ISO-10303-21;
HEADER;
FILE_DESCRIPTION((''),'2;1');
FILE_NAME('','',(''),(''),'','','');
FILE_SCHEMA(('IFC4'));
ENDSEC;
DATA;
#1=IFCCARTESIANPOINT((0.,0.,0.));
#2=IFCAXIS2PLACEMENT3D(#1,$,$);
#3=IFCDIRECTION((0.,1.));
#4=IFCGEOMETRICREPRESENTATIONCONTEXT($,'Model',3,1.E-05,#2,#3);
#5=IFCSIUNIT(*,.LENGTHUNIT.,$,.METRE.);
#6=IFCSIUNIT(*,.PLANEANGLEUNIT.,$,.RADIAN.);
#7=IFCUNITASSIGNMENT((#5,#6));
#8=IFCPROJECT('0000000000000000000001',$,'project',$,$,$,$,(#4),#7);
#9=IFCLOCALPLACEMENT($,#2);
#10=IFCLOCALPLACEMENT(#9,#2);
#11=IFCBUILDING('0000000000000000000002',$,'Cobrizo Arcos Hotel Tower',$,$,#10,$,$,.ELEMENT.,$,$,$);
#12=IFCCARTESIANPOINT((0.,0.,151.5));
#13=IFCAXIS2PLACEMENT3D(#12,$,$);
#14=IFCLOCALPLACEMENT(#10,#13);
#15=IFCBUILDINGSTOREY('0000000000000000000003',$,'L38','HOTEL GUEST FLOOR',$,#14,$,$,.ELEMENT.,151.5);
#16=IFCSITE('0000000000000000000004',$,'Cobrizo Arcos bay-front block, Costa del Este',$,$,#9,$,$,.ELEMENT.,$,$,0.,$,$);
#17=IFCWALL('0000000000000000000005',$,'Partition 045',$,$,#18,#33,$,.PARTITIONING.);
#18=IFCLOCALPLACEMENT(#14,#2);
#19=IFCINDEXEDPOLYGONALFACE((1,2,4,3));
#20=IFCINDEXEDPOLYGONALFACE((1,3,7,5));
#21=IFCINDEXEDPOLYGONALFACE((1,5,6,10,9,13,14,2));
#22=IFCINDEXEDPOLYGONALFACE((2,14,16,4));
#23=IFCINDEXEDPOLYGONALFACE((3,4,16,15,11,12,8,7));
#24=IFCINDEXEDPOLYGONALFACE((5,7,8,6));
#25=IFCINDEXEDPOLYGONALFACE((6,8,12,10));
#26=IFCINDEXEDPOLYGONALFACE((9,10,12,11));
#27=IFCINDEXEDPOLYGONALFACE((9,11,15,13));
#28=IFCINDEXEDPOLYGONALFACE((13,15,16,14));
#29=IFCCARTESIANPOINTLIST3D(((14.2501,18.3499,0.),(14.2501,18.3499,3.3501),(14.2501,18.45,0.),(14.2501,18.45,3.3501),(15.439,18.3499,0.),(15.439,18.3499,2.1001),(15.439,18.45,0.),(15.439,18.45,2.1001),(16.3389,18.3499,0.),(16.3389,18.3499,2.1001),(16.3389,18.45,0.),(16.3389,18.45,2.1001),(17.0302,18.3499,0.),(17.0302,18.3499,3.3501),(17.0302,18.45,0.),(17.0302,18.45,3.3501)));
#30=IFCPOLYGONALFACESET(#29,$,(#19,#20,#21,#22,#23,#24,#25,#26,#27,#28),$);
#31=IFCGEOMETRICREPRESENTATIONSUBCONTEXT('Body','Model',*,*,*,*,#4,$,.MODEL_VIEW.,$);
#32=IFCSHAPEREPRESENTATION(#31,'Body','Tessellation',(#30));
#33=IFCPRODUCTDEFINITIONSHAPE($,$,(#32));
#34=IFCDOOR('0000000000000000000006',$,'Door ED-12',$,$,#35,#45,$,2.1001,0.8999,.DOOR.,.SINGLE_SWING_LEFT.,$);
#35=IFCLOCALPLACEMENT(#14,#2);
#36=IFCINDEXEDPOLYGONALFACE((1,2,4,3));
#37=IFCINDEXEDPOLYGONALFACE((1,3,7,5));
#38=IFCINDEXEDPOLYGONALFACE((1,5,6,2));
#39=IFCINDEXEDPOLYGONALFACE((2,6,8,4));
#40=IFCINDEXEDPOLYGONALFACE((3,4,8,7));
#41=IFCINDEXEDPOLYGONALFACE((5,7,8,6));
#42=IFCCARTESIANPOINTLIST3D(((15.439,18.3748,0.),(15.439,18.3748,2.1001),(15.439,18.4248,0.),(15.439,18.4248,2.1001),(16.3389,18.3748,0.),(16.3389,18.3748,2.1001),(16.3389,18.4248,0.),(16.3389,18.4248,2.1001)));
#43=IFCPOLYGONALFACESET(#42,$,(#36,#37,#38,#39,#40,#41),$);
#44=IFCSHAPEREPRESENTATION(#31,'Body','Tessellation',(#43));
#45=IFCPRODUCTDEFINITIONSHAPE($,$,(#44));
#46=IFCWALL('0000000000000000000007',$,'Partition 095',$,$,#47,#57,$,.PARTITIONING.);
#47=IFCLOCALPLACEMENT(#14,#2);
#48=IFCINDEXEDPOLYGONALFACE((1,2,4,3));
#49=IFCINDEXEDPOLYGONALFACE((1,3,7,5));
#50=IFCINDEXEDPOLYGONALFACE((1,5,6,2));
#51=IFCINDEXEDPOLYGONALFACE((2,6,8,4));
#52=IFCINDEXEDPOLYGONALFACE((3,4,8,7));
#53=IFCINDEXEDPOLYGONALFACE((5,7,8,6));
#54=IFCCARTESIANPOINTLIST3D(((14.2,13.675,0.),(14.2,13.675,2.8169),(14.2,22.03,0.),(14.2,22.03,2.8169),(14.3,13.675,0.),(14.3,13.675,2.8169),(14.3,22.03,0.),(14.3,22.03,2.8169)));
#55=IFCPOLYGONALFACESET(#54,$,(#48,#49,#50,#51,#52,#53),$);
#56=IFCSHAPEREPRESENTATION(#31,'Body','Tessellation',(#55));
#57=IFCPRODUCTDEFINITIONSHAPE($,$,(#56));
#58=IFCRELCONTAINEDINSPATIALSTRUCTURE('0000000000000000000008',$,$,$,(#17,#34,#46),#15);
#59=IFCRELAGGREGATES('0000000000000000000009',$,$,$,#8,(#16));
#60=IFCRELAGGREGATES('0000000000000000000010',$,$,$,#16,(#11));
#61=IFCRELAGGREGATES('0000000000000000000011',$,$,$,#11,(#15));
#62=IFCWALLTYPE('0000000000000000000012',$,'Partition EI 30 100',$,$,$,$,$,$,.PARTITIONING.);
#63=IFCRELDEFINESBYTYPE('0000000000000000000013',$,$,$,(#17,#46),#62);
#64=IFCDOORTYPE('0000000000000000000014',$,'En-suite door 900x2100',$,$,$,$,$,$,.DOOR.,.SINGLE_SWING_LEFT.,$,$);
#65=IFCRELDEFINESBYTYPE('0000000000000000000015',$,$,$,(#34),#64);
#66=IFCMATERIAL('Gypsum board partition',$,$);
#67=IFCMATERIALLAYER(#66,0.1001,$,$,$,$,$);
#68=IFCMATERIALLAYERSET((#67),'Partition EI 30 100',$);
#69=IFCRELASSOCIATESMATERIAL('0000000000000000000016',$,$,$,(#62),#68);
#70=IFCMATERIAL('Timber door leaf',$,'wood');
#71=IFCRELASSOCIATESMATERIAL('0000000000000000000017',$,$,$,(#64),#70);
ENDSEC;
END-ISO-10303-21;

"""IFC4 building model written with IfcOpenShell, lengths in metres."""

from ifc_helpers import new_model, si_unit, direction, frame, frame_2d, origin, place, context, subcontext, project, spatial, rectangle, extrude, material, layer, layer_set, type_object, element, fill, save


model = new_model("IFC4")

# Units and contexts
model_context = context("Model", 3, precision=1e-05, world=origin(), true_north=direction((0.0, 1.0)))
body_context = subcontext(model_context, "Body", "Model", "MODEL_VIEW")
ifc_project = project(units=[si_unit("LENGTHUNIT", "METRE"), si_unit("PLANEANGLEUNIT", "RADIAN")], contexts=[model_context])

# Site, building, storey
site_placement = place(None, origin())
site = spatial("IfcSite", under=ifc_project, at=site_placement, Name="Cobrizo Arcos bay-front block, Costa del Este", CompositionType="ELEMENT", RefElevation=0.0)
building_placement = place(site_placement, origin())
building = spatial("IfcBuilding", under=site, at=building_placement, Name="Cobrizo Arcos Hotel Tower", CompositionType="ELEMENT")
storey_placement = place(building_placement, frame((0.0, 0.0, 151.5)))
storey = spatial("IfcBuildingStorey", under=building, at=storey_placement, Name="L38", Description="HOTEL GUEST FLOOR", CompositionType="ELEMENT", Elevation=151.5)

# Wall, opening, door
ifc_material_1 = material(Name="Gypsum board partition")
ifc_layer_1 = layer(ifc_material_1, 0.1001)
ifc_layer_set_1 = layer_set([ifc_layer_1], Name="Partition EI 30 100")
wall_type = type_object("IfcWallType", Name="Partition EI 30 100", PredefinedType="PARTITIONING", material=ifc_layer_set_1)
wall_1_placement = place(storey_placement, frame((14.25, 18.3999, 0.0), z_axis=(0.0, 0.0, 1.0), x_axis=(1.0, 0.0, 0.0)))
wall_1 = element("IfcWall", 1, at=wall_1_placement, inside=storey, type_object=wall_type, Name="Partition 045", PredefinedType="PARTITIONING", context=body_context, shape_type="SweptSolid", body=[
    extrude(rectangle(XDim=2.78, YDim=0.1001, at=frame_2d((1.3901, 0.0))), origin(), (0.0, 0.0, 1.0), 3.3501),
])
opening_placement = place(wall_1_placement, frame((1.189, 0.0, 0.0)))
opening = element("IfcOpeningElement", 2, at=opening_placement, cuts=wall_1, PredefinedType="OPENING", context=body_context, shape_type="SweptSolid", body=[
    extrude(rectangle(XDim=0.8999, YDim=2.1001, at=frame_2d((0.45, 1.05))), frame((0.0, 0.062, 0.0), z_axis=(0.0, -1.0, 0.0), x_axis=(1.0, 0.0, 0.0)), (0.0, 0.0, 1.0), 0.124),
])
ifc_material_2 = material(Name="Timber door leaf", Category="wood")
door_type = type_object("IfcDoorType", Name="En-suite door 900x2100", OperationType="SINGLE_SWING_LEFT", PredefinedType="DOOR", material=ifc_material_2)
door_placement = place(opening_placement, origin())
door = element("IfcDoor", 3, at=door_placement, inside=storey, type_object=door_type, Name="Door ED-12", OperationType="SINGLE_SWING_LEFT", OverallHeight=2.1001, OverallWidth=0.8999, PredefinedType="DOOR", context=body_context, shape_type="SweptSolid", body=[
    extrude(rectangle(XDim=0.8999, YDim=2.1001, at=frame_2d((0.45, 1.05))), frame((0.0, 0.0249, 0.0), z_axis=(0.0, -1.0, 0.0), x_axis=(1.0, 0.0, 0.0)), (0.0, 0.0, 1.0), 0.05),
])
fill(opening, door)

# Wall
wall_2_placement = place(storey_placement, frame((14.25, 13.675, 0.0), z_axis=(0.0, 0.0, 1.0), x_axis=(0.0, 1.0, 0.0)))
element("IfcWall", 4, at=wall_2_placement, inside=storey, type_object=wall_type, Name="Partition 095", PredefinedType="PARTITIONING", context=body_context, shape_type="SweptSolid", body=[
    extrude(rectangle(XDim=8.355, YDim=0.1001, at=frame_2d((4.1775, 0.0))), origin(), (0.0, 0.0, 1.0), 2.8169),
])

save(model, "model.ifc")
